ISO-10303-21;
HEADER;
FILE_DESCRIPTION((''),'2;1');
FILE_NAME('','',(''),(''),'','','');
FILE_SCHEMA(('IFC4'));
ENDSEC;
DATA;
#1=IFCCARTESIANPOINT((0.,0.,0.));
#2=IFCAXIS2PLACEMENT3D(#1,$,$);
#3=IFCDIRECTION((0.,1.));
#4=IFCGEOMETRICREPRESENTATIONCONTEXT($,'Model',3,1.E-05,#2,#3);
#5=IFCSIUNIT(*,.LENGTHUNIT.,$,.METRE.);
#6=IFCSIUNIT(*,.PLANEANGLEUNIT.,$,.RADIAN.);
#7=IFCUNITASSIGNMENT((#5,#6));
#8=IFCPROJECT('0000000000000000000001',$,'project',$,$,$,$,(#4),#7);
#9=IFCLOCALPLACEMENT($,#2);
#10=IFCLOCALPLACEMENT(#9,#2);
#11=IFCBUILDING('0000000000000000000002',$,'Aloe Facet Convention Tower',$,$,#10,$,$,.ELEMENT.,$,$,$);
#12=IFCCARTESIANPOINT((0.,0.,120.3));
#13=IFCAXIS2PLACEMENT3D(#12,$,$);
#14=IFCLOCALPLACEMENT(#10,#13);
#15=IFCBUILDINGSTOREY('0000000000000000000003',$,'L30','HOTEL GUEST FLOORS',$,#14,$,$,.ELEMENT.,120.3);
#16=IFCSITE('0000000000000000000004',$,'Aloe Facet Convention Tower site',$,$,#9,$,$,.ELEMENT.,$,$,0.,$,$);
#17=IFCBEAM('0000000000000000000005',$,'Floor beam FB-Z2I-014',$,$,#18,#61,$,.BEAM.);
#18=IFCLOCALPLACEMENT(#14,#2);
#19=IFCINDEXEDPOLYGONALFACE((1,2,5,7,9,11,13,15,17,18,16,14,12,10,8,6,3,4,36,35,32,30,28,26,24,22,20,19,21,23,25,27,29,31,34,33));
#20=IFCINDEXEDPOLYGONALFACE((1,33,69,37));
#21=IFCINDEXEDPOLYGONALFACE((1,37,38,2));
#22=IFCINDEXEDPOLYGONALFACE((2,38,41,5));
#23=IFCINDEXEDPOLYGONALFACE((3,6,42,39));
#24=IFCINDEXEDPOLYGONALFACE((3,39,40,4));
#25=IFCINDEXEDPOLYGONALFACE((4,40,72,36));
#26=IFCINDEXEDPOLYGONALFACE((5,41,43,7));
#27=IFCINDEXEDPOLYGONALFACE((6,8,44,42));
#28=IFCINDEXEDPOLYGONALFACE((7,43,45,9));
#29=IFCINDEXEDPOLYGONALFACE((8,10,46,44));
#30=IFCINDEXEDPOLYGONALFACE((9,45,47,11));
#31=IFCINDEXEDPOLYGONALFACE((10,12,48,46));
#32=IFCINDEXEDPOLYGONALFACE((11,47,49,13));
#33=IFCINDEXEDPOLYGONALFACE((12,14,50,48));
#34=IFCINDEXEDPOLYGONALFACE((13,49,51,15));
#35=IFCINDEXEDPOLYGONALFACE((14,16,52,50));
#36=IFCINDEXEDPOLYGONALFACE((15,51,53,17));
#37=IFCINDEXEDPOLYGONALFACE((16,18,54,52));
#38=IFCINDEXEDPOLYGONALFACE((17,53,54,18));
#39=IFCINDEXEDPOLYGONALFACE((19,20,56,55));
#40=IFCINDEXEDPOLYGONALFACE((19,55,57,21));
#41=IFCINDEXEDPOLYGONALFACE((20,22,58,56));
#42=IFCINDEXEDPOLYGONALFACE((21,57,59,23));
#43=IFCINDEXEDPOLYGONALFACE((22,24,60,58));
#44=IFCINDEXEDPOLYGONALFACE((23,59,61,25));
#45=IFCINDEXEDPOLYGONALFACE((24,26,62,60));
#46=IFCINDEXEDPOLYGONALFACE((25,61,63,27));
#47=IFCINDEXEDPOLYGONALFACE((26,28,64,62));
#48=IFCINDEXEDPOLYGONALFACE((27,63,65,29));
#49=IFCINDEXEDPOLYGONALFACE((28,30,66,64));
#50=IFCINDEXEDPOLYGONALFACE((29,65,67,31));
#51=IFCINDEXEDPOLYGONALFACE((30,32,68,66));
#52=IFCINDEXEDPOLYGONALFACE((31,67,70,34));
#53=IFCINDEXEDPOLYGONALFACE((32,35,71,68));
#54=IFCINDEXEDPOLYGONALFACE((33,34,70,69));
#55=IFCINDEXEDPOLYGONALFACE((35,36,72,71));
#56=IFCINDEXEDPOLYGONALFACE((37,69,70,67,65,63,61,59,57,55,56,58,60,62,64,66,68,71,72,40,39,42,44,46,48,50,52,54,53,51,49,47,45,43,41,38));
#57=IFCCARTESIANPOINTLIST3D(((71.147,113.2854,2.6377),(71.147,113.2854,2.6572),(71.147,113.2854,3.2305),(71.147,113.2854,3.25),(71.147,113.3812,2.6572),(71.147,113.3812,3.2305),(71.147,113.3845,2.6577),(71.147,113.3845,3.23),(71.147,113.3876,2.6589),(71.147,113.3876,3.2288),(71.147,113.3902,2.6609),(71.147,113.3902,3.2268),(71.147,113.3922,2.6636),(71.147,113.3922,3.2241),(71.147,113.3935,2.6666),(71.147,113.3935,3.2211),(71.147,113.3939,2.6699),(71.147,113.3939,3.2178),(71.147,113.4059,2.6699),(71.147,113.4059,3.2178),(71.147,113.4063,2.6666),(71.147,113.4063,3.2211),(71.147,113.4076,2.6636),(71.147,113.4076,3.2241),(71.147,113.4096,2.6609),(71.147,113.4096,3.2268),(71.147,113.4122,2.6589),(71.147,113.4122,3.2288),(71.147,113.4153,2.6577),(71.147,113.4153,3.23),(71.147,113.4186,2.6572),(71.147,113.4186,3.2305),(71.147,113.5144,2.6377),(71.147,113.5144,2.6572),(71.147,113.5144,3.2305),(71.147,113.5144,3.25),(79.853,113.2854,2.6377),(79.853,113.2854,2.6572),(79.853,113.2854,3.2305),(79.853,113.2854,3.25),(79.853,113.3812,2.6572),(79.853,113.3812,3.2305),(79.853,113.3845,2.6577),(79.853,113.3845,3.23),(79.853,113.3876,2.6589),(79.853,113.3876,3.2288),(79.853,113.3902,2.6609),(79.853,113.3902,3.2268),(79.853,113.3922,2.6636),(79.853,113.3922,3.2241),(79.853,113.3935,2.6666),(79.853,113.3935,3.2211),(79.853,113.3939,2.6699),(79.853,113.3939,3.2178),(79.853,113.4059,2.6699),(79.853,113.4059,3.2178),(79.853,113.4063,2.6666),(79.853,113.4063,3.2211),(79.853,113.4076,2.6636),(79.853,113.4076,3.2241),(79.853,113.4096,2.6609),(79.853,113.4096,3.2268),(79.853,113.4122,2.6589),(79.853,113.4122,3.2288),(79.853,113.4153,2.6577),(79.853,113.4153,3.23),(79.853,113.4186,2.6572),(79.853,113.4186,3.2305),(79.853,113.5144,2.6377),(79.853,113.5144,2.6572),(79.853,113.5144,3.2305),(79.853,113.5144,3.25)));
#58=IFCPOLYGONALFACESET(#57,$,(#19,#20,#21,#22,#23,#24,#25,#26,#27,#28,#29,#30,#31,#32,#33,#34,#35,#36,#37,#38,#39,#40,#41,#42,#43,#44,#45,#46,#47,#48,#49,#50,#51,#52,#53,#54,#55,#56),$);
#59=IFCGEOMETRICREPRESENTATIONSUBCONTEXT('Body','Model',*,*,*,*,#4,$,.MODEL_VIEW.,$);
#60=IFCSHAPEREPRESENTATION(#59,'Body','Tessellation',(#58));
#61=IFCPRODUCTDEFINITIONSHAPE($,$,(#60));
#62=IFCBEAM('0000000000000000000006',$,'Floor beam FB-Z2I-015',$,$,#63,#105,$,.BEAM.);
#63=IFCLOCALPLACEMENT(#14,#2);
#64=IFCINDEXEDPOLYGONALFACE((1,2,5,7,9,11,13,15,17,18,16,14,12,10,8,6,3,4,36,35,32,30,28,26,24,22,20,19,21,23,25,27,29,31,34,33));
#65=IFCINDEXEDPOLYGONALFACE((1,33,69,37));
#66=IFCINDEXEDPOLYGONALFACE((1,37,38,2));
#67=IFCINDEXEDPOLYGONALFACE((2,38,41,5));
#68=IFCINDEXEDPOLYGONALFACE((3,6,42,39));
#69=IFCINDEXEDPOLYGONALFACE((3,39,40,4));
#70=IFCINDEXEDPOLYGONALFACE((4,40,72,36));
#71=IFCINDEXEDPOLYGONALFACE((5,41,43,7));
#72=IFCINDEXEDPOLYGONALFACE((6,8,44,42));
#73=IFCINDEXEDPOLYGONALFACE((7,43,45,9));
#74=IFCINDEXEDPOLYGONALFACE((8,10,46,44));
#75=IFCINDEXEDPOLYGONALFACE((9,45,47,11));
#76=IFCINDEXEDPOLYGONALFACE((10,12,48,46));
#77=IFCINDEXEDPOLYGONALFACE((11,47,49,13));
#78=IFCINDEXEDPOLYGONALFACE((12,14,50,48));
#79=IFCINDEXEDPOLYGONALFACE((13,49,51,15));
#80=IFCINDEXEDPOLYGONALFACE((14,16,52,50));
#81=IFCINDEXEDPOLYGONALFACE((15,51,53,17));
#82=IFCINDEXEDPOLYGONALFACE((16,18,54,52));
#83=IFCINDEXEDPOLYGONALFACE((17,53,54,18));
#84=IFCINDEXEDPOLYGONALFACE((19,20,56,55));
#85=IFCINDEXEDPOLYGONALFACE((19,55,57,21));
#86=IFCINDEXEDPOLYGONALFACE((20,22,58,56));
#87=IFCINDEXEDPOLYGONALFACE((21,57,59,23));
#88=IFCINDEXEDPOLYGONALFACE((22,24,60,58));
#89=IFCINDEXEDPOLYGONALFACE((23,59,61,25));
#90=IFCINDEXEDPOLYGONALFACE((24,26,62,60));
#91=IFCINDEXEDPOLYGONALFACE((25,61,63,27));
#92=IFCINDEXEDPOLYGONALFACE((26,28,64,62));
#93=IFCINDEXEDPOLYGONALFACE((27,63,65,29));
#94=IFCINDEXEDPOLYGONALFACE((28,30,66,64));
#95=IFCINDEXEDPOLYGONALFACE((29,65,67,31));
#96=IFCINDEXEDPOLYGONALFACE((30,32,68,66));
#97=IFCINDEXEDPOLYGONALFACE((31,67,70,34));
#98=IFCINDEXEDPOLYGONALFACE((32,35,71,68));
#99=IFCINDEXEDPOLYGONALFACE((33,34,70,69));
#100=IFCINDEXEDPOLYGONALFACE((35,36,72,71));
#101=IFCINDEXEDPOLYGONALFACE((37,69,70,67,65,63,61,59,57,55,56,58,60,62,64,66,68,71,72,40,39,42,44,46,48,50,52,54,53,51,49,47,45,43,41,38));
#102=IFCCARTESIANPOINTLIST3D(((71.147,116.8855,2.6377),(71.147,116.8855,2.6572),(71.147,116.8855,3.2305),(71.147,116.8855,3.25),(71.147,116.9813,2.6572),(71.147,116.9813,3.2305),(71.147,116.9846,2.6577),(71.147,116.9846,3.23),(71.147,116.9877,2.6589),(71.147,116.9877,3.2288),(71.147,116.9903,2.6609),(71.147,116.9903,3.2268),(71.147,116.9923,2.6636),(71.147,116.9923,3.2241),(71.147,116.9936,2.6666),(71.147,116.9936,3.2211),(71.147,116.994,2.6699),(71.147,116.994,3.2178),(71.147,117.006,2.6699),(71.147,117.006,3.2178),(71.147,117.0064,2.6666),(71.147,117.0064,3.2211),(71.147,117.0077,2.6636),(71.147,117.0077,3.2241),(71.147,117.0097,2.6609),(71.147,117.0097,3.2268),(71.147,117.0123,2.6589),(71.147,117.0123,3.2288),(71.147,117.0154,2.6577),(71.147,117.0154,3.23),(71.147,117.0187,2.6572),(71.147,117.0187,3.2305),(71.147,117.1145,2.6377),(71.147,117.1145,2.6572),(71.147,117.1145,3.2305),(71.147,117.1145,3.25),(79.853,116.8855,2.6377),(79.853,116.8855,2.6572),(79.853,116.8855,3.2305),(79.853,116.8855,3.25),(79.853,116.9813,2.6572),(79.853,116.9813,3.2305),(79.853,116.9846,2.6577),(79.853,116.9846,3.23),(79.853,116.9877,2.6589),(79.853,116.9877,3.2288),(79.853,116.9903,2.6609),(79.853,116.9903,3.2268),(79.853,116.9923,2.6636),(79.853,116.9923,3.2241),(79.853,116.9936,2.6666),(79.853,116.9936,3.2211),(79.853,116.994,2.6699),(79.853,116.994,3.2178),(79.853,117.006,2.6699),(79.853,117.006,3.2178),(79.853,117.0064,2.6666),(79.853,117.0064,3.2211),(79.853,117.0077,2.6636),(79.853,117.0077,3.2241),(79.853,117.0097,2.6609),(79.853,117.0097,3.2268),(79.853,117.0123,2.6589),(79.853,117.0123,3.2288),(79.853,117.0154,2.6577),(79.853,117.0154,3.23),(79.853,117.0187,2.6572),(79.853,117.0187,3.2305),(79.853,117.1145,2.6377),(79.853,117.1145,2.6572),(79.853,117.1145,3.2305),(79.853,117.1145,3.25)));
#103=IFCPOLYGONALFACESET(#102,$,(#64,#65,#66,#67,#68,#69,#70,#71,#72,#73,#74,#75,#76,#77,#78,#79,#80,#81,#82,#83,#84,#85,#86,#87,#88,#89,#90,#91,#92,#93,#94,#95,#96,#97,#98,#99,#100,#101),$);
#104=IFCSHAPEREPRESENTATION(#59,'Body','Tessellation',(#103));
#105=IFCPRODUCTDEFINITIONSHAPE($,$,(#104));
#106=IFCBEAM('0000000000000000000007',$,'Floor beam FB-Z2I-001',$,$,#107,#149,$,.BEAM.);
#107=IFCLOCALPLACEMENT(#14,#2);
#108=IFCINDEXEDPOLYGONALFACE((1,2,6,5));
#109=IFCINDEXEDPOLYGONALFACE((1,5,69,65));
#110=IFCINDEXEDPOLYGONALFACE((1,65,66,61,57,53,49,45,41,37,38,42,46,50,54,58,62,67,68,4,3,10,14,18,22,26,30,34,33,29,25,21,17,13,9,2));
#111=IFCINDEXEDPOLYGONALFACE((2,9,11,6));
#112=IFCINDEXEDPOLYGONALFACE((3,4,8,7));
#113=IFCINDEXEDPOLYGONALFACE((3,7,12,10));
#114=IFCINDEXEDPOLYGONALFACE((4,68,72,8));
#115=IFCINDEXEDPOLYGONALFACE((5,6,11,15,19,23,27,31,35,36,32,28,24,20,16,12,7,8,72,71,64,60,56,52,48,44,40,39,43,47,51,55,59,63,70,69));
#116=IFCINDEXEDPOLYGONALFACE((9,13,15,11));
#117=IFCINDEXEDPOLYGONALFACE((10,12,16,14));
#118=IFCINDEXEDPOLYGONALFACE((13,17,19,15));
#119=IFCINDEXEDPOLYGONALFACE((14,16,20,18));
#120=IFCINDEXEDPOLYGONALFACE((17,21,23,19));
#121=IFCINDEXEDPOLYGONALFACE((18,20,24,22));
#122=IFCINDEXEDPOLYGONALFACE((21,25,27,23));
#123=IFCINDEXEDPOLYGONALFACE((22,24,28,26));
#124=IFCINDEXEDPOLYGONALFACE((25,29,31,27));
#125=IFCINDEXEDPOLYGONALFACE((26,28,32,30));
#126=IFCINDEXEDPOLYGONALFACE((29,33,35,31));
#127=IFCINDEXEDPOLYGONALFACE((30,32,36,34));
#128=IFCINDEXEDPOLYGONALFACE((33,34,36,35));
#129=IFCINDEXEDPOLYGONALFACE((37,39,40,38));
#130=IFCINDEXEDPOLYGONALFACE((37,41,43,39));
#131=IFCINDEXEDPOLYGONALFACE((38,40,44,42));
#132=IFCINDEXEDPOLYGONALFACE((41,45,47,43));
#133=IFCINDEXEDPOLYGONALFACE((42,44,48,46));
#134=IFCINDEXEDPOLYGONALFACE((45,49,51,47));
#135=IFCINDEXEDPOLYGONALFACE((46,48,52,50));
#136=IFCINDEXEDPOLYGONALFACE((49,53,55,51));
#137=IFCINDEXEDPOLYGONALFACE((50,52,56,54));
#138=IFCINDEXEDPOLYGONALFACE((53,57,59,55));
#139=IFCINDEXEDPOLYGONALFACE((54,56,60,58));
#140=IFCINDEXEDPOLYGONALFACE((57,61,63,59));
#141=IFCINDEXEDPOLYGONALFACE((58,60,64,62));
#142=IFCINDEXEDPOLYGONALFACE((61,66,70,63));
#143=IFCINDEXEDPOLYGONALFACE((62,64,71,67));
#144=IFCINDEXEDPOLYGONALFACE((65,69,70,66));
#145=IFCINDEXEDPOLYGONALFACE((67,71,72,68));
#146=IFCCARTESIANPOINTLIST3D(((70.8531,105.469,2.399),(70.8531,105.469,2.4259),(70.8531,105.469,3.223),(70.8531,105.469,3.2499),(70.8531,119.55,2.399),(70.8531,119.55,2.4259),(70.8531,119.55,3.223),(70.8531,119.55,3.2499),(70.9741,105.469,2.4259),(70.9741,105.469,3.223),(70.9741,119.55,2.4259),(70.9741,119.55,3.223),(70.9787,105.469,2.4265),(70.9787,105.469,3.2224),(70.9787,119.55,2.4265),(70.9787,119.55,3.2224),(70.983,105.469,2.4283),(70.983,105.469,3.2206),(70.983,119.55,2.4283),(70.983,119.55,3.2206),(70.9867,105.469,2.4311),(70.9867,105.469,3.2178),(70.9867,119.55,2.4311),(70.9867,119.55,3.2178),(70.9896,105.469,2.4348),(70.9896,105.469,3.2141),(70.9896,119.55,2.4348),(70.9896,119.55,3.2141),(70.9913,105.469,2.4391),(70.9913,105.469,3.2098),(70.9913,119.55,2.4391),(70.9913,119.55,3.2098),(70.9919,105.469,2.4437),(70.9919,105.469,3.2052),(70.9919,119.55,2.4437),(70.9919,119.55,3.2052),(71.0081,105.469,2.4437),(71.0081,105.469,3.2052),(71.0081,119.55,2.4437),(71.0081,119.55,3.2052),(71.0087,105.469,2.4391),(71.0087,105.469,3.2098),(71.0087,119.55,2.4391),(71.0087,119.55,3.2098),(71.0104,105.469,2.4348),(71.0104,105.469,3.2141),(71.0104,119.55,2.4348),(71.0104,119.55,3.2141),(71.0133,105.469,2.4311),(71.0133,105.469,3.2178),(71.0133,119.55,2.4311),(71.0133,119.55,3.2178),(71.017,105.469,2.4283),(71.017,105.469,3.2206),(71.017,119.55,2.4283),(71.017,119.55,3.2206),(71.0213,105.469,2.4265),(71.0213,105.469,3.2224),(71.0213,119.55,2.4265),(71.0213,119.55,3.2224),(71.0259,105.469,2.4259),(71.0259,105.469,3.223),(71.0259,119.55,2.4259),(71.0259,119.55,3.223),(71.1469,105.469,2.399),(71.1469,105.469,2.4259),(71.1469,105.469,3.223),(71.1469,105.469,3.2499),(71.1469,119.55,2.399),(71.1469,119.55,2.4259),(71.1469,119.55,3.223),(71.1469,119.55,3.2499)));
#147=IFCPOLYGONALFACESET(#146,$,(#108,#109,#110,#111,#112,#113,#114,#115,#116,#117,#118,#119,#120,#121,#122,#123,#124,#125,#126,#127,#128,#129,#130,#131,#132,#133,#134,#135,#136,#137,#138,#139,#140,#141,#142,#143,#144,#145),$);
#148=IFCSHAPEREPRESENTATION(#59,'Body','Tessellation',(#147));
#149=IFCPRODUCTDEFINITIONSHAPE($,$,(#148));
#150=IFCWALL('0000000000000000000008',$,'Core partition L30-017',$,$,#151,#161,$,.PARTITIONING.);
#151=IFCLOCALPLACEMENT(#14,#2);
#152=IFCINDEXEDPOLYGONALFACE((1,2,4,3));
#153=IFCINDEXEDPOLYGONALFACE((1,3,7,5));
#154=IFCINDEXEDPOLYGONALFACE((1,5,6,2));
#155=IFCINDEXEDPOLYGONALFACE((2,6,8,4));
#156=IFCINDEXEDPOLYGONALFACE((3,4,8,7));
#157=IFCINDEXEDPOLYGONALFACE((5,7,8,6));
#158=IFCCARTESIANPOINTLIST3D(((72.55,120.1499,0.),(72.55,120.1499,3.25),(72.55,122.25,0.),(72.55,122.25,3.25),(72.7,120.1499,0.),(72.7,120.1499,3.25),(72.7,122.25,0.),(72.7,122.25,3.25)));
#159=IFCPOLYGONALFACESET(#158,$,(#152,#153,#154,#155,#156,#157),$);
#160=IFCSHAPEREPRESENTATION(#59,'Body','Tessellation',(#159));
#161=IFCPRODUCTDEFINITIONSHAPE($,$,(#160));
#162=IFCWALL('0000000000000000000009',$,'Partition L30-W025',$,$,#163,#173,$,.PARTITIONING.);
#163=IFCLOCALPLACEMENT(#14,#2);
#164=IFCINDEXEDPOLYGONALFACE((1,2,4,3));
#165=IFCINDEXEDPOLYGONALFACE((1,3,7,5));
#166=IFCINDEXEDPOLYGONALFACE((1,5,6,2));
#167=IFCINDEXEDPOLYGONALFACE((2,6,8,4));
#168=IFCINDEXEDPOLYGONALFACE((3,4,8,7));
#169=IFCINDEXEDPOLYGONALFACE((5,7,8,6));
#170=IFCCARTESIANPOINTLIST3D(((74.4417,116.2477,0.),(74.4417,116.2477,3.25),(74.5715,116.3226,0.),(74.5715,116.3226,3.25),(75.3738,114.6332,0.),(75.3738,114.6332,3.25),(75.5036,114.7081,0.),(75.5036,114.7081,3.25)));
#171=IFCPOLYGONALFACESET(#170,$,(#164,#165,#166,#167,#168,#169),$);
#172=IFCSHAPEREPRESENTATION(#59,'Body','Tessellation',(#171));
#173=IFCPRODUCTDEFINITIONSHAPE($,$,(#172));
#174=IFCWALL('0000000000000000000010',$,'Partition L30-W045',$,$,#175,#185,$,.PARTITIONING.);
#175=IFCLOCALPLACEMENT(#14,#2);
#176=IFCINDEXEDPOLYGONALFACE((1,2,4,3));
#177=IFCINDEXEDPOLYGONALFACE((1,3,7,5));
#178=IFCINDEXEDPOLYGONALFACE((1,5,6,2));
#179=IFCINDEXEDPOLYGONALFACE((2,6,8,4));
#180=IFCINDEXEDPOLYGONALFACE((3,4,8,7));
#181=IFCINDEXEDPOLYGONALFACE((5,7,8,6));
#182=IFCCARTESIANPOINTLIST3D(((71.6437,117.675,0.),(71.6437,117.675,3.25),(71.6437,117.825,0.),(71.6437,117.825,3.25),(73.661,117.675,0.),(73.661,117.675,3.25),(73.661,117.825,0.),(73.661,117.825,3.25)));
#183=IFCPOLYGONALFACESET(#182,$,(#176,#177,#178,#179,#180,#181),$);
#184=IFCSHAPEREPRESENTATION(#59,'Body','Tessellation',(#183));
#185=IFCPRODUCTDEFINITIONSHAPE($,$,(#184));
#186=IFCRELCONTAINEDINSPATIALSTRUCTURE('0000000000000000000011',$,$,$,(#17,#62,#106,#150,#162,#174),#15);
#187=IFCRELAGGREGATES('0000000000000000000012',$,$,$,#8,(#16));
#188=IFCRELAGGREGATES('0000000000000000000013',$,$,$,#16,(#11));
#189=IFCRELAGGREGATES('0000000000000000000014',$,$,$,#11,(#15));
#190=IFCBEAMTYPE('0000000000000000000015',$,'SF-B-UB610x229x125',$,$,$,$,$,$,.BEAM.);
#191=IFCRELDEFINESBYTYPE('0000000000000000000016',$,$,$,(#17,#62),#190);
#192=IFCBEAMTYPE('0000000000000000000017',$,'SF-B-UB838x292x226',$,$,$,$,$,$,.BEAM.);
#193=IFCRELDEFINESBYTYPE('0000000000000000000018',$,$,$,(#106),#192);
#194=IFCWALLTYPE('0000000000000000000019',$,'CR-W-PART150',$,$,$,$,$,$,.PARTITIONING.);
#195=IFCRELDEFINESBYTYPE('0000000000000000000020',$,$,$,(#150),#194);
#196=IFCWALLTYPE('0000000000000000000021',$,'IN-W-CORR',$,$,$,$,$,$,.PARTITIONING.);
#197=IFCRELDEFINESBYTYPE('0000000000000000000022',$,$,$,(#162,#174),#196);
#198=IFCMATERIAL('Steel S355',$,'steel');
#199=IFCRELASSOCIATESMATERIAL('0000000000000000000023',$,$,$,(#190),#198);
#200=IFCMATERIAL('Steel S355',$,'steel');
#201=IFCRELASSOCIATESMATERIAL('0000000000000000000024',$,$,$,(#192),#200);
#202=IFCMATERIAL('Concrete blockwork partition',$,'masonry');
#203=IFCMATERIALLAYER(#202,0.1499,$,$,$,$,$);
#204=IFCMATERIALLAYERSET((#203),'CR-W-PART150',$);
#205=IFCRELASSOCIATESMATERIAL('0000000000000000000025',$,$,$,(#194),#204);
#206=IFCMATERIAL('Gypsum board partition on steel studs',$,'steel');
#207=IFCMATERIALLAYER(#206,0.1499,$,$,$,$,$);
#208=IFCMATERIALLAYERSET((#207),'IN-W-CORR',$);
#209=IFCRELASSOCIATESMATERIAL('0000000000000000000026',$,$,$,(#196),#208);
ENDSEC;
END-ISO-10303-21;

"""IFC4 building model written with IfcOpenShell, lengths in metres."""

from ifc_helpers import new_model, si_unit, direction, frame, frame_2d, origin, origin_2d, place, context, subcontext, project, spatial, rectangle, i_section, extrude, material, layer, layer_set, material_profile, profile_set, type_object, element, save


model = new_model("IFC4")

# Units and contexts
model_context = context("Model", 3, precision=1e-05, world=origin(), true_north=direction((0.0, 1.0)))
body_context = subcontext(model_context, "Body", "Model", "MODEL_VIEW")
ifc_project = project(units=[si_unit("LENGTHUNIT", "METRE"), si_unit("PLANEANGLEUNIT", "RADIAN")], contexts=[model_context])

# Site, building, storey
site_placement = place(None, origin())
site = spatial("IfcSite", under=ifc_project, at=site_placement, Name="Aloe Facet Convention Tower site", CompositionType="ELEMENT", RefElevation=0.0)
building_placement = place(site_placement, origin())
building = spatial("IfcBuilding", under=site, at=building_placement, Name="Aloe Facet Convention Tower", CompositionType="ELEMENT")
storey_placement = place(building_placement, frame((0.0, 0.0, 120.3)))
storey = spatial("IfcBuildingStorey", under=building, at=storey_placement, Name="L30", Description="HOTEL GUEST FLOORS", CompositionType="ELEMENT", Elevation=120.3)

# Beams
ifc_material_1 = material(Name="Steel S355", Category="steel")
ifc_material_profile_1 = material_profile(ifc_material_1, i_section(OverallWidth=0.229, OverallDepth=0.6123, WebThickness=0.012, FlangeThickness=0.0195, FilletRadius=0.0127, at=origin_2d()), Name="UB 610x229x125")
ifc_profile_set_1 = profile_set([ifc_material_profile_1], Name="Steel S355")
beam_type_1 = type_object("IfcBeamType", Name="SF-B-UB610x229x125", PredefinedType="BEAM", material=ifc_profile_set_1)
for number, where, z_axis, x_axis, name in (
    (1, (71.147, 113.3999, 2.9438), (1.0, 0.0, 0.0), (0.0, 1.0, 0.0), "Floor beam FB-Z2I-014"),
    (2, (71.147, 117.0, 2.9438), (1.0, 0.0, 0.0), (0.0, 1.0, 0.0), "Floor beam FB-Z2I-015"),
):
    element("IfcBeam", number, at=place(storey_placement, frame(where, z_axis=z_axis, x_axis=x_axis)), inside=storey, type_object=beam_type_1, Name=name, PredefinedType="BEAM", context=body_context, shape_type="SweptSolid", body=[
        extrude(i_section(OverallWidth=0.229, OverallDepth=0.6123, WebThickness=0.012, FlangeThickness=0.0195, FilletRadius=0.0127, at=origin_2d()), origin(), (0.0, 0.0, 1.0), 8.7061),
    ])
ifc_material_2 = material(Name="Steel S355", Category="steel")
ifc_material_profile_2 = material_profile(ifc_material_2, i_section(OverallWidth=0.2937, OverallDepth=0.8508, WebThickness=0.0161, FlangeThickness=0.0269, FilletRadius=0.0178, at=origin_2d()), Name="UB 838x292x226")
ifc_profile_set_2 = profile_set([ifc_material_profile_2], Name="Steel S355")
beam_type_2 = type_object("IfcBeamType", Name="SF-B-UB838x292x226", PredefinedType="BEAM", material=ifc_profile_set_2)
beam_placement = place(storey_placement, frame((71.0, 119.55, 2.8245), z_axis=(0.0, -1.0, 0.0), x_axis=(1.0, 0.0, 0.0)))
element("IfcBeam", 3, at=beam_placement, inside=storey, type_object=beam_type_2, Name="Floor beam FB-Z2I-001", PredefinedType="BEAM", context=body_context, shape_type="SweptSolid", body=[
    extrude(i_section(OverallWidth=0.2937, OverallDepth=0.8508, WebThickness=0.0161, FlangeThickness=0.0269, FilletRadius=0.0178, at=origin_2d()), origin(), (0.0, 0.0, 1.0), 14.0811),
])

# Walls
ifc_material_3 = material(Name="Concrete blockwork partition", Category="masonry")
ifc_layer_1 = layer(ifc_material_3, 0.1499)
ifc_layer_set_1 = layer_set([ifc_layer_1], Name="CR-W-PART150")
wall_type_1 = type_object("IfcWallType", Name="CR-W-PART150", PredefinedType="PARTITIONING", material=ifc_layer_set_1)
wall_1_placement = place(storey_placement, frame((72.625, 122.25, 0.0), z_axis=(0.0, 0.0, 1.0), x_axis=(0.0, -1.0, 0.0)))
element("IfcWall", 4, at=wall_1_placement, inside=storey, type_object=wall_type_1, Name="Core partition L30-017", PredefinedType="PARTITIONING", context=body_context, shape_type="SweptSolid", body=[
    extrude(rectangle(XDim=2.1001, YDim=0.1499, at=frame_2d((1.05, 0.0))), origin(), (0.0, 0.0, 1.0), 3.25),
])
ifc_material_4 = material(Name="Gypsum board partition on steel studs", Category="steel")
ifc_layer_2 = layer(ifc_material_4, 0.1499)
ifc_layer_set_2 = layer_set([ifc_layer_2], Name="IN-W-CORR")
wall_type_2 = type_object("IfcWallType", Name="IN-W-CORR", PredefinedType="PARTITIONING", material=ifc_layer_set_2)
wall_2_placement = place(storey_placement, frame((74.5066, 116.2852, 0.0), z_axis=(0.0, 0.0, 1.0), x_axis=(0.499998, -0.866026, 0.0)))
element("IfcWall", 5, at=wall_2_placement, inside=storey, type_object=wall_type_2, Name="Partition L30-W025", PredefinedType="PARTITIONING", context=body_context, shape_type="SweptSolid", body=[
    extrude(rectangle(XDim=1.8643, YDim=0.1499, at=frame_2d((0.9321, 0.0))), origin(), (0.0, 0.0, 1.0), 3.25),
])
wall_3_placement = place(storey_placement, frame((71.6436, 117.75, 0.0), z_axis=(0.0, 0.0, 1.0), x_axis=(1.0, 0.0, 0.0)))
element("IfcWall", 6, at=wall_3_placement, inside=storey, type_object=wall_type_2, Name="Partition L30-W045", PredefinedType="PARTITIONING", context=body_context, shape_type="SweptSolid", body=[
    extrude(rectangle(XDim=2.0173, YDim=0.1499, at=frame_2d((1.0088, 0.0))), origin(), (0.0, 0.0, 1.0), 3.25),
])

save(model, "model.ifc")
